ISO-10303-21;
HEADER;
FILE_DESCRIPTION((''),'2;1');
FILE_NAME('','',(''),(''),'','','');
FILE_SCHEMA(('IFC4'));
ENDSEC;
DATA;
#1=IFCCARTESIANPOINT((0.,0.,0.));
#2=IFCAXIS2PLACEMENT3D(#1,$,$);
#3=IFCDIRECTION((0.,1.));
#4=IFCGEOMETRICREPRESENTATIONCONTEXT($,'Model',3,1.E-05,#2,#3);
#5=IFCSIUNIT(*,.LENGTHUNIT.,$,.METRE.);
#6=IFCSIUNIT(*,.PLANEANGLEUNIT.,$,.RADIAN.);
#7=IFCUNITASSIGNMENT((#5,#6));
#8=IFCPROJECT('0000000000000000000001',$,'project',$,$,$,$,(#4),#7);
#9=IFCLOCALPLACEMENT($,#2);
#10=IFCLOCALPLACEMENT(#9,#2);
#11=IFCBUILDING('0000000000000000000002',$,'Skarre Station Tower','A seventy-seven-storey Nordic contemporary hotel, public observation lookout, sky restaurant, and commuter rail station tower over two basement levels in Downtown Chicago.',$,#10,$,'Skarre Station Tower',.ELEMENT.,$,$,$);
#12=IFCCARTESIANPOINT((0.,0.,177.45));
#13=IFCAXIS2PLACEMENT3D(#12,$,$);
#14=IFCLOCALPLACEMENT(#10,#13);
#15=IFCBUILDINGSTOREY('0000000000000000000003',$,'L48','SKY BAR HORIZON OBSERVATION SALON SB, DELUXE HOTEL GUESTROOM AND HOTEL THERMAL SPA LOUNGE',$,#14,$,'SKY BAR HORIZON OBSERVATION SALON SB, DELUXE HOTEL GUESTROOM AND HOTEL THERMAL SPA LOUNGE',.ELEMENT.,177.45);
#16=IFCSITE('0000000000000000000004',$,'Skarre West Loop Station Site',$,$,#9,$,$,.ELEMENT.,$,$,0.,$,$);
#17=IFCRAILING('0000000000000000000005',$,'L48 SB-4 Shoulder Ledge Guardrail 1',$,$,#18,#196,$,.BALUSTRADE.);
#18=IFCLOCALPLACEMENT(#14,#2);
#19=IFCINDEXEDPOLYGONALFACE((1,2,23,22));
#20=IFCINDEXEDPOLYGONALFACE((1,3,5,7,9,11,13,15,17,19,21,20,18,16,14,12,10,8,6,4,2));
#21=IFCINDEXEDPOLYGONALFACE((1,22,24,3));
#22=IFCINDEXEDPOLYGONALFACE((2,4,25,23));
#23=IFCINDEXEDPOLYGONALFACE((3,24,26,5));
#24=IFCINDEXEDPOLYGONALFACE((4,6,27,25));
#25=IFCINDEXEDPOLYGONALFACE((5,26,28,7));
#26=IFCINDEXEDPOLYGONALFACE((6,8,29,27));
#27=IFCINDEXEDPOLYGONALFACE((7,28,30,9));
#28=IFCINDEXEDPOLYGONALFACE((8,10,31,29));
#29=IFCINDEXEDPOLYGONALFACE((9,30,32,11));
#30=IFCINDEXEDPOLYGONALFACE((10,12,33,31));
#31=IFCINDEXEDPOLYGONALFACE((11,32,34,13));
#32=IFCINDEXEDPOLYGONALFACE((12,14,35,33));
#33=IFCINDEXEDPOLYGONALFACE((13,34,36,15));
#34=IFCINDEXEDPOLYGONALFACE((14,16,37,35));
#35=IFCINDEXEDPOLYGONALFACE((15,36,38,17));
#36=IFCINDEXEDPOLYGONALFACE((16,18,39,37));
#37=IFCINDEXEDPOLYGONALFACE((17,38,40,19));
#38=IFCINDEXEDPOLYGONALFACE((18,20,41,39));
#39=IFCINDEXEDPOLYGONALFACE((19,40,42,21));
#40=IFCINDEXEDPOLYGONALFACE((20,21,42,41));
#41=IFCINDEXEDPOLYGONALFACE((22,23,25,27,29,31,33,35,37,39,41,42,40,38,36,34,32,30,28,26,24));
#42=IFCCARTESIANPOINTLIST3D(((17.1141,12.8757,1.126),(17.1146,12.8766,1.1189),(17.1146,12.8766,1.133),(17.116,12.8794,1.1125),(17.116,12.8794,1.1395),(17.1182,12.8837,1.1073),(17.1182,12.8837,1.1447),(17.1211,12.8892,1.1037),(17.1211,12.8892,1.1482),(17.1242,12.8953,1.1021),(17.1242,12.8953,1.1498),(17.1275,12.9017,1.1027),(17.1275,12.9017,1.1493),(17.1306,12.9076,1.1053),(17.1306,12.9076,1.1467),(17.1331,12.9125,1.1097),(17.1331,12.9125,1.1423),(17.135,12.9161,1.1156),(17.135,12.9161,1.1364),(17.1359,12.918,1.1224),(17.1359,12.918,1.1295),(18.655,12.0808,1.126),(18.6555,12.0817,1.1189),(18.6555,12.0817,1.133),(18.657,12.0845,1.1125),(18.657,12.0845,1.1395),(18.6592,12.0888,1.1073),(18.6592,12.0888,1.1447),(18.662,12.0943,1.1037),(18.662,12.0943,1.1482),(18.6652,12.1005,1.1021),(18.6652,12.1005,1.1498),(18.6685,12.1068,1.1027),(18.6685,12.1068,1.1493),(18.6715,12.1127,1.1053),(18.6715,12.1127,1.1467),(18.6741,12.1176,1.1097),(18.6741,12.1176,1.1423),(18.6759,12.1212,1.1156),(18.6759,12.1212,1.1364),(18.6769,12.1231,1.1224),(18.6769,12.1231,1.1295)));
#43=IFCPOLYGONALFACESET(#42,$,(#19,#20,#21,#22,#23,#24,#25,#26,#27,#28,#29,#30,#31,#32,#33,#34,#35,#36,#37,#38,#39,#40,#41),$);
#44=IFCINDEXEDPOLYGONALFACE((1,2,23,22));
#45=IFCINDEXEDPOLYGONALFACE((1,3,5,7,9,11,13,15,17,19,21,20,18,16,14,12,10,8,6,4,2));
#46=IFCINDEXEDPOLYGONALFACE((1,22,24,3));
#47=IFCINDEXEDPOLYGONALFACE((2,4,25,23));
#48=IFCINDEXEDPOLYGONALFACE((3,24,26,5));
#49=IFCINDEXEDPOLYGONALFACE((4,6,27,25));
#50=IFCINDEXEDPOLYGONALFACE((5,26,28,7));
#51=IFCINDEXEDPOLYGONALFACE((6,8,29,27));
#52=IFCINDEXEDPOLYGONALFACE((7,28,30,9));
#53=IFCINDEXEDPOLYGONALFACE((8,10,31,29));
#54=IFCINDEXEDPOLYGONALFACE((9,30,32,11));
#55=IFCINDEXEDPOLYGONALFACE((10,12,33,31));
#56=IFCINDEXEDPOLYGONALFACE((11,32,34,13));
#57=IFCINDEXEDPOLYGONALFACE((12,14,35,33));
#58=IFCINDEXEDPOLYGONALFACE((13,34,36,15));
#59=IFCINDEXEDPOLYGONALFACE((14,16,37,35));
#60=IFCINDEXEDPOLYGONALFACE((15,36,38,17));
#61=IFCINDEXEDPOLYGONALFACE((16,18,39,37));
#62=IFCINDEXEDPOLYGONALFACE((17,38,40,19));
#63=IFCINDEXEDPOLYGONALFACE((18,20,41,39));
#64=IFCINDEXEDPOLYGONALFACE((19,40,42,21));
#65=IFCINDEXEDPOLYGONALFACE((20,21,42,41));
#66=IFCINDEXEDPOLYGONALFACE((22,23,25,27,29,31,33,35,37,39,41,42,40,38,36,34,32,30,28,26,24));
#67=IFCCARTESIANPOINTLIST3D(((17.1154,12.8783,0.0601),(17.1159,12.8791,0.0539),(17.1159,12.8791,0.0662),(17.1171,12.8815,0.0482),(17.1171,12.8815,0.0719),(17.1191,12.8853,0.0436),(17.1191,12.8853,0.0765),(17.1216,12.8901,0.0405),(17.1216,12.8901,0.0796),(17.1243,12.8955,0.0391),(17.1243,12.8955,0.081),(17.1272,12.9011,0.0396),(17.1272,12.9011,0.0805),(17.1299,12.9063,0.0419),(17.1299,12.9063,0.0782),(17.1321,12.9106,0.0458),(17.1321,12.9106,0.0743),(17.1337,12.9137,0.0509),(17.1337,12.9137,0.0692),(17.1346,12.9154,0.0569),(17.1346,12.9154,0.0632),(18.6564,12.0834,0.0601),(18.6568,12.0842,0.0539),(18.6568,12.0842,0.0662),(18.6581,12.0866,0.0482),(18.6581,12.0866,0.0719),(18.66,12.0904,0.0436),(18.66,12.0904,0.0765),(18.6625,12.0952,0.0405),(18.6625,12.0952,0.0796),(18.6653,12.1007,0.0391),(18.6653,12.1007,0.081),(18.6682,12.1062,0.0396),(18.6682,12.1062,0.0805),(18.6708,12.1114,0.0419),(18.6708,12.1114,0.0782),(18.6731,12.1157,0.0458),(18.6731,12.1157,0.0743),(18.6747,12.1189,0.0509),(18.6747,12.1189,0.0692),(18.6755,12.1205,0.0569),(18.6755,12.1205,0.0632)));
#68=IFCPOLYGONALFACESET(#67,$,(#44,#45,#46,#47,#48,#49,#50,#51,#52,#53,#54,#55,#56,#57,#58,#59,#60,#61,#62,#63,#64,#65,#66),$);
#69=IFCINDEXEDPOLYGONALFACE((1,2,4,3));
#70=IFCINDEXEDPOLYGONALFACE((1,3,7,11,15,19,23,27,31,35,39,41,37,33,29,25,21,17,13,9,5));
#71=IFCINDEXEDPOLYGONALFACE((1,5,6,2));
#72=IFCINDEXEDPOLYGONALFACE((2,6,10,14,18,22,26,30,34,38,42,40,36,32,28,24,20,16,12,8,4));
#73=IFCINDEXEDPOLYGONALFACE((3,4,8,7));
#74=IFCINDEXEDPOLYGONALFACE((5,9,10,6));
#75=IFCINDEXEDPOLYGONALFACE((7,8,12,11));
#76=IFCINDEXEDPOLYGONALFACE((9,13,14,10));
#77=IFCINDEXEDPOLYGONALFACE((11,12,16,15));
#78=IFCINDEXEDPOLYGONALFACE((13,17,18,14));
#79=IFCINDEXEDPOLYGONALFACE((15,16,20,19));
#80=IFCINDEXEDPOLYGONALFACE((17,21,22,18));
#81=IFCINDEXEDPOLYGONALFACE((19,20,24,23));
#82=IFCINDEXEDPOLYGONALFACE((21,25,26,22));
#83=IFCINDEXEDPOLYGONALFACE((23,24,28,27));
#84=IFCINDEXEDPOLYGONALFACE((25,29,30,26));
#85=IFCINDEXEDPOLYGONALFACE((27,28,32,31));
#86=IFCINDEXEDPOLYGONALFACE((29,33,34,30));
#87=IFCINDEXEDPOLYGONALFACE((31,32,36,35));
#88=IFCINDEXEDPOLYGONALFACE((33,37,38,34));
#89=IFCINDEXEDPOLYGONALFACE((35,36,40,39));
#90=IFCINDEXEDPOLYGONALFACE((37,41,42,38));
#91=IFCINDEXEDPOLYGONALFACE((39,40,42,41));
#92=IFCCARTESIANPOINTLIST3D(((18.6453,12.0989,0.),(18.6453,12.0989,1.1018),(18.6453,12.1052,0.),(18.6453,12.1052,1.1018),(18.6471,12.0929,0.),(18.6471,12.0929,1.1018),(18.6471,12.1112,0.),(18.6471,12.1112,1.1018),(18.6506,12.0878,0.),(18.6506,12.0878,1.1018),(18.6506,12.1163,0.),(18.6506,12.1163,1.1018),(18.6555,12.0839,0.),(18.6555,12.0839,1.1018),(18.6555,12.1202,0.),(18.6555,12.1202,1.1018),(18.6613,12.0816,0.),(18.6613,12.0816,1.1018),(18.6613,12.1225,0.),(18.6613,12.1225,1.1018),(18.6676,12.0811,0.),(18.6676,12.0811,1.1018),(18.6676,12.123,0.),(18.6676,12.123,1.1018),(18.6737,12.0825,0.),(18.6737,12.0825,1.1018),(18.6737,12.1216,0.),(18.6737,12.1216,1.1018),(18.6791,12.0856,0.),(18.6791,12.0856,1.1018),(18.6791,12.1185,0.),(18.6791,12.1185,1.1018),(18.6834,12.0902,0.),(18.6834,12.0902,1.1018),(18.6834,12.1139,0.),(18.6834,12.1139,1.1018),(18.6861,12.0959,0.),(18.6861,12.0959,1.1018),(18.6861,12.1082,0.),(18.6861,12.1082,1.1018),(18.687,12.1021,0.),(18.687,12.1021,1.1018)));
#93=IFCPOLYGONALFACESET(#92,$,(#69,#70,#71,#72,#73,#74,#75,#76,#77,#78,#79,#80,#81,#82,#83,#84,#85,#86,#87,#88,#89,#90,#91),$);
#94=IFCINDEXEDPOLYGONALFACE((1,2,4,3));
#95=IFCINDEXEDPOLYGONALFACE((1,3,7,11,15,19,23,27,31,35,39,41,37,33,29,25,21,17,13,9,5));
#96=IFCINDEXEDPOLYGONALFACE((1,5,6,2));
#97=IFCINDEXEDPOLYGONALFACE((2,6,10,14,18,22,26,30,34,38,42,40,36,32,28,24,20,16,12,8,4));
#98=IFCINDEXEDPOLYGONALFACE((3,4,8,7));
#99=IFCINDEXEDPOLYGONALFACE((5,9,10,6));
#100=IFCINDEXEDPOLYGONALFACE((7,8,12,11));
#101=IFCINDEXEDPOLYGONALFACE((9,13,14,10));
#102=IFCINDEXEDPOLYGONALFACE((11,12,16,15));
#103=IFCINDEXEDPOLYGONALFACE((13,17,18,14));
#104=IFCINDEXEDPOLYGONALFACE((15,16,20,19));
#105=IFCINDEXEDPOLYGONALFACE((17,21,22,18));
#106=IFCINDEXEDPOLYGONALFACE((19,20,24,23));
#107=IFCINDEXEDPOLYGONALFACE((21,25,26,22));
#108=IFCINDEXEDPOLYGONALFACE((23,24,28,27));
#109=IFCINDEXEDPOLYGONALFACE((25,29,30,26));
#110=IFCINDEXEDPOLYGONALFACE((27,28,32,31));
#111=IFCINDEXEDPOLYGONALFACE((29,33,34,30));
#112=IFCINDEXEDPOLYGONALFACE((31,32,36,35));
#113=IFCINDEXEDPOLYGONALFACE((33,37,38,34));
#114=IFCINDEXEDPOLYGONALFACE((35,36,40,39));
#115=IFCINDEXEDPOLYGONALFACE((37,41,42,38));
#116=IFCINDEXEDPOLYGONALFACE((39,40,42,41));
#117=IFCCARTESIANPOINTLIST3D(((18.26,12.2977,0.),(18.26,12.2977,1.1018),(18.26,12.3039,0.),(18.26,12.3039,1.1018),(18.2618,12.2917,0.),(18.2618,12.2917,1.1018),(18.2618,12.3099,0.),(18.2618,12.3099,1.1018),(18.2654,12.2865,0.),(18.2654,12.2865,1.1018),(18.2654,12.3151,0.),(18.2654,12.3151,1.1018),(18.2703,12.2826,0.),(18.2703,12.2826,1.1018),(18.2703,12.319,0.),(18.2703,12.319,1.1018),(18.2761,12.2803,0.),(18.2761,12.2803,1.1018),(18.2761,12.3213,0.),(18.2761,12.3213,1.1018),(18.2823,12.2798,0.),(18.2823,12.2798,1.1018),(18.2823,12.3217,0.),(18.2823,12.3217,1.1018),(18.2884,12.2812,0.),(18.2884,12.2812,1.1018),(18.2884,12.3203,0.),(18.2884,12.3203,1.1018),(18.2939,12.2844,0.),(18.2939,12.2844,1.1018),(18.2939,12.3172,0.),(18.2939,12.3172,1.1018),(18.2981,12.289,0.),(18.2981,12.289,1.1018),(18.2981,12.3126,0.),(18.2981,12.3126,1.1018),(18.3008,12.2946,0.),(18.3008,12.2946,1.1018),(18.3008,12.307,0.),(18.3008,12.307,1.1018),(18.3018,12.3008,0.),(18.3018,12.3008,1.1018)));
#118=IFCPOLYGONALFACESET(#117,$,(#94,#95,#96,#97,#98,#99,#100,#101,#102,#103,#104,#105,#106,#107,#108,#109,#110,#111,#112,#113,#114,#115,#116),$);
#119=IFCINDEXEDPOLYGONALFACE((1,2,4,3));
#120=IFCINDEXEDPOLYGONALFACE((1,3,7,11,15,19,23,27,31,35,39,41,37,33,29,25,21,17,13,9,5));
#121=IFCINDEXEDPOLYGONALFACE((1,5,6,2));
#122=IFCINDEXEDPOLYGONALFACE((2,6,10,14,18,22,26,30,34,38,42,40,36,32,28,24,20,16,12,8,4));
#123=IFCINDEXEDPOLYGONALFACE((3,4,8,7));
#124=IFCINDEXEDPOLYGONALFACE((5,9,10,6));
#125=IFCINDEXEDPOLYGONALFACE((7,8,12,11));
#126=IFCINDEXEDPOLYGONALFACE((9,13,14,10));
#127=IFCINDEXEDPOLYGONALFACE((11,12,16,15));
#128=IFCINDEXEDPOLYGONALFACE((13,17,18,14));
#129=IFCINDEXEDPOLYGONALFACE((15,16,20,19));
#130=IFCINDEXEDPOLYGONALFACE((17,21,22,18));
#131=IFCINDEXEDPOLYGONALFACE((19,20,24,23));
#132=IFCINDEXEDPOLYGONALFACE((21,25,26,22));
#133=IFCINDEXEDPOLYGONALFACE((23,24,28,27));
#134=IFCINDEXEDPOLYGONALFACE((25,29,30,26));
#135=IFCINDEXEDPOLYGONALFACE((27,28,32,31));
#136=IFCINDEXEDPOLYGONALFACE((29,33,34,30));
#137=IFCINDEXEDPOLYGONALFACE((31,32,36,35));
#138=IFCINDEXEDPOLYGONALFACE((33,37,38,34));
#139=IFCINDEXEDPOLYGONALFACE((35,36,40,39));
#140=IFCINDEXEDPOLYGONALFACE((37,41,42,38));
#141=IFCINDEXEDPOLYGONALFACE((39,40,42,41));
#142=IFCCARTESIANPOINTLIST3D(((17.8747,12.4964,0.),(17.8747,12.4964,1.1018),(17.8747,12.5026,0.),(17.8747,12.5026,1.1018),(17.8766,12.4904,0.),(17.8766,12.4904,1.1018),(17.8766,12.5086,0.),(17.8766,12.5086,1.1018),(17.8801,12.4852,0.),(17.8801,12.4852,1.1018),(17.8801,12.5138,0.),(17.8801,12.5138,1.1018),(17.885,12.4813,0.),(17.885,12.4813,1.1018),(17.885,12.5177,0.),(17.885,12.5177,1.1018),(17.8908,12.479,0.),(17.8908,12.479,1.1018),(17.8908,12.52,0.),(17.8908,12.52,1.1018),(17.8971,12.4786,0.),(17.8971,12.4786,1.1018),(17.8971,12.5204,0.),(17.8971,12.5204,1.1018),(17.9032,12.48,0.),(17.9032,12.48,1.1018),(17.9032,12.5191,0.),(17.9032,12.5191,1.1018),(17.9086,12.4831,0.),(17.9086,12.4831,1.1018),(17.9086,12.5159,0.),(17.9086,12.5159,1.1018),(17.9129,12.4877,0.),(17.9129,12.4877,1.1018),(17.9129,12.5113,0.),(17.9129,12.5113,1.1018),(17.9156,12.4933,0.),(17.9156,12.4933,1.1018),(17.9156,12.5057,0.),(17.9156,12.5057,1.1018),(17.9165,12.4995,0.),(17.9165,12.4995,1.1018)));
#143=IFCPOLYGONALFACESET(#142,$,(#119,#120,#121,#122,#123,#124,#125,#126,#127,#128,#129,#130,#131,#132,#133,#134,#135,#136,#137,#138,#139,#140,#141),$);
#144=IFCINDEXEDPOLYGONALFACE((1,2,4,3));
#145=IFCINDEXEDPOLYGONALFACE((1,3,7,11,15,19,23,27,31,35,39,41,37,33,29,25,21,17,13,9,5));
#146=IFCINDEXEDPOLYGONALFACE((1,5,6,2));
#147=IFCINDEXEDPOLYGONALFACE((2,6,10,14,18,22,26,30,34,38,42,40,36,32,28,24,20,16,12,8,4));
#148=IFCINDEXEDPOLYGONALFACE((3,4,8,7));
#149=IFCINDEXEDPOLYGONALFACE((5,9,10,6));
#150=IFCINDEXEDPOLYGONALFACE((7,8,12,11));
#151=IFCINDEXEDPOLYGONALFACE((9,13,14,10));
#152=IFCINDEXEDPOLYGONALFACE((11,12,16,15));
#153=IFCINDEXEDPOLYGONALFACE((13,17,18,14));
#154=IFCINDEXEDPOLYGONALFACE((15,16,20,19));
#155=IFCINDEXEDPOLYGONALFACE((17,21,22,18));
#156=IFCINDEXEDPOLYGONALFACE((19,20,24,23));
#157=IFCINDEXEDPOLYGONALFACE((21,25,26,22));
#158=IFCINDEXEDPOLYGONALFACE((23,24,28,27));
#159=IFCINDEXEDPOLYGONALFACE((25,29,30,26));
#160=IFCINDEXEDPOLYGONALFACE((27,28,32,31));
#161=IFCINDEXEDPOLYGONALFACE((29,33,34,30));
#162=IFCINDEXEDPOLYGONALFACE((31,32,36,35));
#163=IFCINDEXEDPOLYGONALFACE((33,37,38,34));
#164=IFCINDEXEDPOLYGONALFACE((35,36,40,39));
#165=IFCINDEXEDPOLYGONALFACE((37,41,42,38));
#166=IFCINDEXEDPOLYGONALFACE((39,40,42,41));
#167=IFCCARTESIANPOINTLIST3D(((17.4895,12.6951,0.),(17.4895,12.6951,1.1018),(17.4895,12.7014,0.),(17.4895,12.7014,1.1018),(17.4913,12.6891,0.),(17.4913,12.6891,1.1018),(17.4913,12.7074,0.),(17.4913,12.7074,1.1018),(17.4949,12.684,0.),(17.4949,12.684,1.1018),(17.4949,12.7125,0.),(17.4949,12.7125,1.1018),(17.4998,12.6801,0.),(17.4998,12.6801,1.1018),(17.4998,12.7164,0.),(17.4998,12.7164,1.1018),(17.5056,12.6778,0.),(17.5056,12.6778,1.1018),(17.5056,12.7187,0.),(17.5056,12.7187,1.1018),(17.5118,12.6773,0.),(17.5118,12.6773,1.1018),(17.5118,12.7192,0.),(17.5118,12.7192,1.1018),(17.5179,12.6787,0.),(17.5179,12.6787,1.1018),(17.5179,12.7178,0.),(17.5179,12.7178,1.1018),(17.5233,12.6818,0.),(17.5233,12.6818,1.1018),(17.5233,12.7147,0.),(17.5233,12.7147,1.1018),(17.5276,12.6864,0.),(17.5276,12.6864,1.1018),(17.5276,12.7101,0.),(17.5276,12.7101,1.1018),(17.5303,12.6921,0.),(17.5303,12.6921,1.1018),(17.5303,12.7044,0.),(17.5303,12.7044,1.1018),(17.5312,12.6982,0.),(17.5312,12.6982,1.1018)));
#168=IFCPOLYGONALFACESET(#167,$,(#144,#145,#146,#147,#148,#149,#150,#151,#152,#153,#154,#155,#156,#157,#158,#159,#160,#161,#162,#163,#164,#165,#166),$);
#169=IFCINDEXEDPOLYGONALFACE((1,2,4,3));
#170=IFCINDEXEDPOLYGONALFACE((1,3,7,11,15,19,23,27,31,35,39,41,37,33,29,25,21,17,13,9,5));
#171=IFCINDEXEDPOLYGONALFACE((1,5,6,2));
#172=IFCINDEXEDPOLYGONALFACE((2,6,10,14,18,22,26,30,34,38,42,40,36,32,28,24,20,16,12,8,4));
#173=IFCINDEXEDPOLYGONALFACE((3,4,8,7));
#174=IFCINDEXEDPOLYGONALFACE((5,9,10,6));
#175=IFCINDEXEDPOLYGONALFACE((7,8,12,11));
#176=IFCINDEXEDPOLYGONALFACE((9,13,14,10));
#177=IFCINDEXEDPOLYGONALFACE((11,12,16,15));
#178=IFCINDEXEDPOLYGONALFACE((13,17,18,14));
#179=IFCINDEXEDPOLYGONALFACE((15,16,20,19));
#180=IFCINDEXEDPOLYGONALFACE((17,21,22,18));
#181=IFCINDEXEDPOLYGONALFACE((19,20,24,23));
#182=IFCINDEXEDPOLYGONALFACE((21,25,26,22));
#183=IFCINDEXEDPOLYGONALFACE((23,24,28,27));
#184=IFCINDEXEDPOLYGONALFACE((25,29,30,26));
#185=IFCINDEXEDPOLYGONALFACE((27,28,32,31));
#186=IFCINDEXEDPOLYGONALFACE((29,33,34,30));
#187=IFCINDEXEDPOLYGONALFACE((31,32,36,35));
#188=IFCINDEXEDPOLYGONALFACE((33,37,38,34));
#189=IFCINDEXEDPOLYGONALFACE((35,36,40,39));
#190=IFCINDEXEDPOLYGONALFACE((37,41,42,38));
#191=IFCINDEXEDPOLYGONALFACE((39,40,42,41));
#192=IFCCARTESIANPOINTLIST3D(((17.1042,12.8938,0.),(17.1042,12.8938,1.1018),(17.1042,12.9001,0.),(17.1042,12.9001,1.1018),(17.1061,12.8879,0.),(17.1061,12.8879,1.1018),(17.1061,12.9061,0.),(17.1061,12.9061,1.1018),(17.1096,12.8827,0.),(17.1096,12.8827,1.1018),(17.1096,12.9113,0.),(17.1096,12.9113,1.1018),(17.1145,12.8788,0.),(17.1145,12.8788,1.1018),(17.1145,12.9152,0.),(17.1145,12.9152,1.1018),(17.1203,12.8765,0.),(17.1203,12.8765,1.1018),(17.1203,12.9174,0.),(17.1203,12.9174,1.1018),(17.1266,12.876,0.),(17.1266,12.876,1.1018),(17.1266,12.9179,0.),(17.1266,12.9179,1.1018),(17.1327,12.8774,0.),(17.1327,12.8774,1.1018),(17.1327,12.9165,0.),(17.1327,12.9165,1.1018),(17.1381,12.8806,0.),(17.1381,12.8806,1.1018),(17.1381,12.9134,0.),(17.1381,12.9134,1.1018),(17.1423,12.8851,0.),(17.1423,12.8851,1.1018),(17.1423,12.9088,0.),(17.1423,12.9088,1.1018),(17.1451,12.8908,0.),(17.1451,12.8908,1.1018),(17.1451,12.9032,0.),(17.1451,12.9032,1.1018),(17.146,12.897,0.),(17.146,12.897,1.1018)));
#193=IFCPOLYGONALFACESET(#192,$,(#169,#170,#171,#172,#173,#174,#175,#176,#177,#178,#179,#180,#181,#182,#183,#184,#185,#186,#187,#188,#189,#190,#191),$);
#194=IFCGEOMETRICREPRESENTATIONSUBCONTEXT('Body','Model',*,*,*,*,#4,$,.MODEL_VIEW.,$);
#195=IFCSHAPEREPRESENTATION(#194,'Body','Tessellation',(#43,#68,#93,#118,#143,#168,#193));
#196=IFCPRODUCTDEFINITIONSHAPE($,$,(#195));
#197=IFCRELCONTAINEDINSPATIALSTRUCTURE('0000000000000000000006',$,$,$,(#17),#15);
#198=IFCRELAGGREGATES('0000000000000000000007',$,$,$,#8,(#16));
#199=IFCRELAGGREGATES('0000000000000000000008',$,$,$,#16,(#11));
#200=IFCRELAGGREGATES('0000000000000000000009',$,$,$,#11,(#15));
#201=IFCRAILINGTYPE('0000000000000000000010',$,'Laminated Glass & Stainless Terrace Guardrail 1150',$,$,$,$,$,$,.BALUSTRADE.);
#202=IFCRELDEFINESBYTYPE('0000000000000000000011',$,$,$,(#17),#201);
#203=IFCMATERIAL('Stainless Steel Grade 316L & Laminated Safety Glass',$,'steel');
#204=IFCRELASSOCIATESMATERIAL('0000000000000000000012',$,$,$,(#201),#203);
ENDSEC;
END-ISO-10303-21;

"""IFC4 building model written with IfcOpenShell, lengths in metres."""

from ifc_helpers import new_model, si_unit, direction, frame, origin, origin_2d, place, context, subcontext, project, spatial, circle, extrude, material, type_object, element, save


model = new_model("IFC4")

# Units and contexts
model_context = context("Model", 3, precision=1e-05, world=origin(), true_north=direction((0.0, 1.0)))
body_context = subcontext(model_context, "Body", "Model", "MODEL_VIEW")
ifc_project = project(units=[si_unit("LENGTHUNIT", "METRE"), si_unit("PLANEANGLEUNIT", "RADIAN")], contexts=[model_context])

# Site, building, storey
site_placement = place(None, origin())
site = spatial("IfcSite", under=ifc_project, at=site_placement, Name="Skarre West Loop Station Site", CompositionType="ELEMENT", RefElevation=0.0)
building_placement = place(site_placement, origin())
building = spatial("IfcBuilding", under=site, at=building_placement, Name="Skarre Station Tower", Description="A seventy-seven-storey Nordic contemporary hotel, public observation lookout, sky restaurant, and commuter rail station tower over two basement levels in Downtown Chicago.", LongName="Skarre Station Tower", CompositionType="ELEMENT")
storey_placement = place(building_placement, frame((0.0, 0.0, 177.45)))
storey = spatial("IfcBuildingStorey", under=building, at=storey_placement, Name="L48", Description="SKY BAR HORIZON OBSERVATION SALON SB, DELUXE HOTEL GUESTROOM AND HOTEL THERMAL SPA LOUNGE", LongName="SKY BAR HORIZON OBSERVATION SALON SB, DELUXE HOTEL GUESTROOM AND HOTEL THERMAL SPA LOUNGE", CompositionType="ELEMENT", Elevation=177.45)

# Railing
ifc_material_1 = material(Name="Stainless Steel Grade 316L & Laminated Safety Glass", Category="steel")
railing_type = type_object("IfcRailingType", Name="Laminated Glass & Stainless Terrace Guardrail 1150", PredefinedType="BALUSTRADE", material=ifc_material_1)
railing_placement = place(storey_placement, frame((18.666, 12.1021, 0.0)))
element("IfcRailing", 1, at=railing_placement, inside=storey, type_object=railing_type, Name="L48 SB-4 Shoulder Ledge Guardrail 1", PredefinedType="BALUSTRADE", context=body_context, shape_type="SweptSolid", body=[
    extrude(circle(Radius=0.0239, at=origin_2d()), frame((0.0, 0.0, 1.126), z_axis=(-0.888724, 0.458442, 0.0), x_axis=(-0.458442, -0.888724, 0.0)), (0.0, 0.0, 1.0), 1.7339),
    extrude(circle(Radius=0.021, at=origin_2d()), frame((0.0, 0.0, 0.0601), z_axis=(-0.888724, 0.458442, 0.0), x_axis=(-0.458442, -0.888724, 0.0)), (0.0, 0.0, 1.0), 1.7339),
    extrude(circle(Radius=0.021, at=origin_2d()), origin(), (0.0, 0.0, 1.0), 1.1018),
    extrude(circle(Radius=0.021, at=origin_2d()), frame((-0.3853, 0.1987, 0.0)), (0.0, 0.0, 1.0), 1.1018),
    extrude(circle(Radius=0.021, at=origin_2d()), frame((-0.7705, 0.3975, 0.0)), (0.0, 0.0, 1.0), 1.1018),
    extrude(circle(Radius=0.021, at=origin_2d()), frame((-1.1558, 0.5962, 0.0)), (0.0, 0.0, 1.0), 1.1018),
    extrude(circle(Radius=0.021, at=origin_2d()), frame((-1.541, 0.7949, 0.0)), (0.0, 0.0, 1.0), 1.1018),
])

save(model, "model.ifc")
